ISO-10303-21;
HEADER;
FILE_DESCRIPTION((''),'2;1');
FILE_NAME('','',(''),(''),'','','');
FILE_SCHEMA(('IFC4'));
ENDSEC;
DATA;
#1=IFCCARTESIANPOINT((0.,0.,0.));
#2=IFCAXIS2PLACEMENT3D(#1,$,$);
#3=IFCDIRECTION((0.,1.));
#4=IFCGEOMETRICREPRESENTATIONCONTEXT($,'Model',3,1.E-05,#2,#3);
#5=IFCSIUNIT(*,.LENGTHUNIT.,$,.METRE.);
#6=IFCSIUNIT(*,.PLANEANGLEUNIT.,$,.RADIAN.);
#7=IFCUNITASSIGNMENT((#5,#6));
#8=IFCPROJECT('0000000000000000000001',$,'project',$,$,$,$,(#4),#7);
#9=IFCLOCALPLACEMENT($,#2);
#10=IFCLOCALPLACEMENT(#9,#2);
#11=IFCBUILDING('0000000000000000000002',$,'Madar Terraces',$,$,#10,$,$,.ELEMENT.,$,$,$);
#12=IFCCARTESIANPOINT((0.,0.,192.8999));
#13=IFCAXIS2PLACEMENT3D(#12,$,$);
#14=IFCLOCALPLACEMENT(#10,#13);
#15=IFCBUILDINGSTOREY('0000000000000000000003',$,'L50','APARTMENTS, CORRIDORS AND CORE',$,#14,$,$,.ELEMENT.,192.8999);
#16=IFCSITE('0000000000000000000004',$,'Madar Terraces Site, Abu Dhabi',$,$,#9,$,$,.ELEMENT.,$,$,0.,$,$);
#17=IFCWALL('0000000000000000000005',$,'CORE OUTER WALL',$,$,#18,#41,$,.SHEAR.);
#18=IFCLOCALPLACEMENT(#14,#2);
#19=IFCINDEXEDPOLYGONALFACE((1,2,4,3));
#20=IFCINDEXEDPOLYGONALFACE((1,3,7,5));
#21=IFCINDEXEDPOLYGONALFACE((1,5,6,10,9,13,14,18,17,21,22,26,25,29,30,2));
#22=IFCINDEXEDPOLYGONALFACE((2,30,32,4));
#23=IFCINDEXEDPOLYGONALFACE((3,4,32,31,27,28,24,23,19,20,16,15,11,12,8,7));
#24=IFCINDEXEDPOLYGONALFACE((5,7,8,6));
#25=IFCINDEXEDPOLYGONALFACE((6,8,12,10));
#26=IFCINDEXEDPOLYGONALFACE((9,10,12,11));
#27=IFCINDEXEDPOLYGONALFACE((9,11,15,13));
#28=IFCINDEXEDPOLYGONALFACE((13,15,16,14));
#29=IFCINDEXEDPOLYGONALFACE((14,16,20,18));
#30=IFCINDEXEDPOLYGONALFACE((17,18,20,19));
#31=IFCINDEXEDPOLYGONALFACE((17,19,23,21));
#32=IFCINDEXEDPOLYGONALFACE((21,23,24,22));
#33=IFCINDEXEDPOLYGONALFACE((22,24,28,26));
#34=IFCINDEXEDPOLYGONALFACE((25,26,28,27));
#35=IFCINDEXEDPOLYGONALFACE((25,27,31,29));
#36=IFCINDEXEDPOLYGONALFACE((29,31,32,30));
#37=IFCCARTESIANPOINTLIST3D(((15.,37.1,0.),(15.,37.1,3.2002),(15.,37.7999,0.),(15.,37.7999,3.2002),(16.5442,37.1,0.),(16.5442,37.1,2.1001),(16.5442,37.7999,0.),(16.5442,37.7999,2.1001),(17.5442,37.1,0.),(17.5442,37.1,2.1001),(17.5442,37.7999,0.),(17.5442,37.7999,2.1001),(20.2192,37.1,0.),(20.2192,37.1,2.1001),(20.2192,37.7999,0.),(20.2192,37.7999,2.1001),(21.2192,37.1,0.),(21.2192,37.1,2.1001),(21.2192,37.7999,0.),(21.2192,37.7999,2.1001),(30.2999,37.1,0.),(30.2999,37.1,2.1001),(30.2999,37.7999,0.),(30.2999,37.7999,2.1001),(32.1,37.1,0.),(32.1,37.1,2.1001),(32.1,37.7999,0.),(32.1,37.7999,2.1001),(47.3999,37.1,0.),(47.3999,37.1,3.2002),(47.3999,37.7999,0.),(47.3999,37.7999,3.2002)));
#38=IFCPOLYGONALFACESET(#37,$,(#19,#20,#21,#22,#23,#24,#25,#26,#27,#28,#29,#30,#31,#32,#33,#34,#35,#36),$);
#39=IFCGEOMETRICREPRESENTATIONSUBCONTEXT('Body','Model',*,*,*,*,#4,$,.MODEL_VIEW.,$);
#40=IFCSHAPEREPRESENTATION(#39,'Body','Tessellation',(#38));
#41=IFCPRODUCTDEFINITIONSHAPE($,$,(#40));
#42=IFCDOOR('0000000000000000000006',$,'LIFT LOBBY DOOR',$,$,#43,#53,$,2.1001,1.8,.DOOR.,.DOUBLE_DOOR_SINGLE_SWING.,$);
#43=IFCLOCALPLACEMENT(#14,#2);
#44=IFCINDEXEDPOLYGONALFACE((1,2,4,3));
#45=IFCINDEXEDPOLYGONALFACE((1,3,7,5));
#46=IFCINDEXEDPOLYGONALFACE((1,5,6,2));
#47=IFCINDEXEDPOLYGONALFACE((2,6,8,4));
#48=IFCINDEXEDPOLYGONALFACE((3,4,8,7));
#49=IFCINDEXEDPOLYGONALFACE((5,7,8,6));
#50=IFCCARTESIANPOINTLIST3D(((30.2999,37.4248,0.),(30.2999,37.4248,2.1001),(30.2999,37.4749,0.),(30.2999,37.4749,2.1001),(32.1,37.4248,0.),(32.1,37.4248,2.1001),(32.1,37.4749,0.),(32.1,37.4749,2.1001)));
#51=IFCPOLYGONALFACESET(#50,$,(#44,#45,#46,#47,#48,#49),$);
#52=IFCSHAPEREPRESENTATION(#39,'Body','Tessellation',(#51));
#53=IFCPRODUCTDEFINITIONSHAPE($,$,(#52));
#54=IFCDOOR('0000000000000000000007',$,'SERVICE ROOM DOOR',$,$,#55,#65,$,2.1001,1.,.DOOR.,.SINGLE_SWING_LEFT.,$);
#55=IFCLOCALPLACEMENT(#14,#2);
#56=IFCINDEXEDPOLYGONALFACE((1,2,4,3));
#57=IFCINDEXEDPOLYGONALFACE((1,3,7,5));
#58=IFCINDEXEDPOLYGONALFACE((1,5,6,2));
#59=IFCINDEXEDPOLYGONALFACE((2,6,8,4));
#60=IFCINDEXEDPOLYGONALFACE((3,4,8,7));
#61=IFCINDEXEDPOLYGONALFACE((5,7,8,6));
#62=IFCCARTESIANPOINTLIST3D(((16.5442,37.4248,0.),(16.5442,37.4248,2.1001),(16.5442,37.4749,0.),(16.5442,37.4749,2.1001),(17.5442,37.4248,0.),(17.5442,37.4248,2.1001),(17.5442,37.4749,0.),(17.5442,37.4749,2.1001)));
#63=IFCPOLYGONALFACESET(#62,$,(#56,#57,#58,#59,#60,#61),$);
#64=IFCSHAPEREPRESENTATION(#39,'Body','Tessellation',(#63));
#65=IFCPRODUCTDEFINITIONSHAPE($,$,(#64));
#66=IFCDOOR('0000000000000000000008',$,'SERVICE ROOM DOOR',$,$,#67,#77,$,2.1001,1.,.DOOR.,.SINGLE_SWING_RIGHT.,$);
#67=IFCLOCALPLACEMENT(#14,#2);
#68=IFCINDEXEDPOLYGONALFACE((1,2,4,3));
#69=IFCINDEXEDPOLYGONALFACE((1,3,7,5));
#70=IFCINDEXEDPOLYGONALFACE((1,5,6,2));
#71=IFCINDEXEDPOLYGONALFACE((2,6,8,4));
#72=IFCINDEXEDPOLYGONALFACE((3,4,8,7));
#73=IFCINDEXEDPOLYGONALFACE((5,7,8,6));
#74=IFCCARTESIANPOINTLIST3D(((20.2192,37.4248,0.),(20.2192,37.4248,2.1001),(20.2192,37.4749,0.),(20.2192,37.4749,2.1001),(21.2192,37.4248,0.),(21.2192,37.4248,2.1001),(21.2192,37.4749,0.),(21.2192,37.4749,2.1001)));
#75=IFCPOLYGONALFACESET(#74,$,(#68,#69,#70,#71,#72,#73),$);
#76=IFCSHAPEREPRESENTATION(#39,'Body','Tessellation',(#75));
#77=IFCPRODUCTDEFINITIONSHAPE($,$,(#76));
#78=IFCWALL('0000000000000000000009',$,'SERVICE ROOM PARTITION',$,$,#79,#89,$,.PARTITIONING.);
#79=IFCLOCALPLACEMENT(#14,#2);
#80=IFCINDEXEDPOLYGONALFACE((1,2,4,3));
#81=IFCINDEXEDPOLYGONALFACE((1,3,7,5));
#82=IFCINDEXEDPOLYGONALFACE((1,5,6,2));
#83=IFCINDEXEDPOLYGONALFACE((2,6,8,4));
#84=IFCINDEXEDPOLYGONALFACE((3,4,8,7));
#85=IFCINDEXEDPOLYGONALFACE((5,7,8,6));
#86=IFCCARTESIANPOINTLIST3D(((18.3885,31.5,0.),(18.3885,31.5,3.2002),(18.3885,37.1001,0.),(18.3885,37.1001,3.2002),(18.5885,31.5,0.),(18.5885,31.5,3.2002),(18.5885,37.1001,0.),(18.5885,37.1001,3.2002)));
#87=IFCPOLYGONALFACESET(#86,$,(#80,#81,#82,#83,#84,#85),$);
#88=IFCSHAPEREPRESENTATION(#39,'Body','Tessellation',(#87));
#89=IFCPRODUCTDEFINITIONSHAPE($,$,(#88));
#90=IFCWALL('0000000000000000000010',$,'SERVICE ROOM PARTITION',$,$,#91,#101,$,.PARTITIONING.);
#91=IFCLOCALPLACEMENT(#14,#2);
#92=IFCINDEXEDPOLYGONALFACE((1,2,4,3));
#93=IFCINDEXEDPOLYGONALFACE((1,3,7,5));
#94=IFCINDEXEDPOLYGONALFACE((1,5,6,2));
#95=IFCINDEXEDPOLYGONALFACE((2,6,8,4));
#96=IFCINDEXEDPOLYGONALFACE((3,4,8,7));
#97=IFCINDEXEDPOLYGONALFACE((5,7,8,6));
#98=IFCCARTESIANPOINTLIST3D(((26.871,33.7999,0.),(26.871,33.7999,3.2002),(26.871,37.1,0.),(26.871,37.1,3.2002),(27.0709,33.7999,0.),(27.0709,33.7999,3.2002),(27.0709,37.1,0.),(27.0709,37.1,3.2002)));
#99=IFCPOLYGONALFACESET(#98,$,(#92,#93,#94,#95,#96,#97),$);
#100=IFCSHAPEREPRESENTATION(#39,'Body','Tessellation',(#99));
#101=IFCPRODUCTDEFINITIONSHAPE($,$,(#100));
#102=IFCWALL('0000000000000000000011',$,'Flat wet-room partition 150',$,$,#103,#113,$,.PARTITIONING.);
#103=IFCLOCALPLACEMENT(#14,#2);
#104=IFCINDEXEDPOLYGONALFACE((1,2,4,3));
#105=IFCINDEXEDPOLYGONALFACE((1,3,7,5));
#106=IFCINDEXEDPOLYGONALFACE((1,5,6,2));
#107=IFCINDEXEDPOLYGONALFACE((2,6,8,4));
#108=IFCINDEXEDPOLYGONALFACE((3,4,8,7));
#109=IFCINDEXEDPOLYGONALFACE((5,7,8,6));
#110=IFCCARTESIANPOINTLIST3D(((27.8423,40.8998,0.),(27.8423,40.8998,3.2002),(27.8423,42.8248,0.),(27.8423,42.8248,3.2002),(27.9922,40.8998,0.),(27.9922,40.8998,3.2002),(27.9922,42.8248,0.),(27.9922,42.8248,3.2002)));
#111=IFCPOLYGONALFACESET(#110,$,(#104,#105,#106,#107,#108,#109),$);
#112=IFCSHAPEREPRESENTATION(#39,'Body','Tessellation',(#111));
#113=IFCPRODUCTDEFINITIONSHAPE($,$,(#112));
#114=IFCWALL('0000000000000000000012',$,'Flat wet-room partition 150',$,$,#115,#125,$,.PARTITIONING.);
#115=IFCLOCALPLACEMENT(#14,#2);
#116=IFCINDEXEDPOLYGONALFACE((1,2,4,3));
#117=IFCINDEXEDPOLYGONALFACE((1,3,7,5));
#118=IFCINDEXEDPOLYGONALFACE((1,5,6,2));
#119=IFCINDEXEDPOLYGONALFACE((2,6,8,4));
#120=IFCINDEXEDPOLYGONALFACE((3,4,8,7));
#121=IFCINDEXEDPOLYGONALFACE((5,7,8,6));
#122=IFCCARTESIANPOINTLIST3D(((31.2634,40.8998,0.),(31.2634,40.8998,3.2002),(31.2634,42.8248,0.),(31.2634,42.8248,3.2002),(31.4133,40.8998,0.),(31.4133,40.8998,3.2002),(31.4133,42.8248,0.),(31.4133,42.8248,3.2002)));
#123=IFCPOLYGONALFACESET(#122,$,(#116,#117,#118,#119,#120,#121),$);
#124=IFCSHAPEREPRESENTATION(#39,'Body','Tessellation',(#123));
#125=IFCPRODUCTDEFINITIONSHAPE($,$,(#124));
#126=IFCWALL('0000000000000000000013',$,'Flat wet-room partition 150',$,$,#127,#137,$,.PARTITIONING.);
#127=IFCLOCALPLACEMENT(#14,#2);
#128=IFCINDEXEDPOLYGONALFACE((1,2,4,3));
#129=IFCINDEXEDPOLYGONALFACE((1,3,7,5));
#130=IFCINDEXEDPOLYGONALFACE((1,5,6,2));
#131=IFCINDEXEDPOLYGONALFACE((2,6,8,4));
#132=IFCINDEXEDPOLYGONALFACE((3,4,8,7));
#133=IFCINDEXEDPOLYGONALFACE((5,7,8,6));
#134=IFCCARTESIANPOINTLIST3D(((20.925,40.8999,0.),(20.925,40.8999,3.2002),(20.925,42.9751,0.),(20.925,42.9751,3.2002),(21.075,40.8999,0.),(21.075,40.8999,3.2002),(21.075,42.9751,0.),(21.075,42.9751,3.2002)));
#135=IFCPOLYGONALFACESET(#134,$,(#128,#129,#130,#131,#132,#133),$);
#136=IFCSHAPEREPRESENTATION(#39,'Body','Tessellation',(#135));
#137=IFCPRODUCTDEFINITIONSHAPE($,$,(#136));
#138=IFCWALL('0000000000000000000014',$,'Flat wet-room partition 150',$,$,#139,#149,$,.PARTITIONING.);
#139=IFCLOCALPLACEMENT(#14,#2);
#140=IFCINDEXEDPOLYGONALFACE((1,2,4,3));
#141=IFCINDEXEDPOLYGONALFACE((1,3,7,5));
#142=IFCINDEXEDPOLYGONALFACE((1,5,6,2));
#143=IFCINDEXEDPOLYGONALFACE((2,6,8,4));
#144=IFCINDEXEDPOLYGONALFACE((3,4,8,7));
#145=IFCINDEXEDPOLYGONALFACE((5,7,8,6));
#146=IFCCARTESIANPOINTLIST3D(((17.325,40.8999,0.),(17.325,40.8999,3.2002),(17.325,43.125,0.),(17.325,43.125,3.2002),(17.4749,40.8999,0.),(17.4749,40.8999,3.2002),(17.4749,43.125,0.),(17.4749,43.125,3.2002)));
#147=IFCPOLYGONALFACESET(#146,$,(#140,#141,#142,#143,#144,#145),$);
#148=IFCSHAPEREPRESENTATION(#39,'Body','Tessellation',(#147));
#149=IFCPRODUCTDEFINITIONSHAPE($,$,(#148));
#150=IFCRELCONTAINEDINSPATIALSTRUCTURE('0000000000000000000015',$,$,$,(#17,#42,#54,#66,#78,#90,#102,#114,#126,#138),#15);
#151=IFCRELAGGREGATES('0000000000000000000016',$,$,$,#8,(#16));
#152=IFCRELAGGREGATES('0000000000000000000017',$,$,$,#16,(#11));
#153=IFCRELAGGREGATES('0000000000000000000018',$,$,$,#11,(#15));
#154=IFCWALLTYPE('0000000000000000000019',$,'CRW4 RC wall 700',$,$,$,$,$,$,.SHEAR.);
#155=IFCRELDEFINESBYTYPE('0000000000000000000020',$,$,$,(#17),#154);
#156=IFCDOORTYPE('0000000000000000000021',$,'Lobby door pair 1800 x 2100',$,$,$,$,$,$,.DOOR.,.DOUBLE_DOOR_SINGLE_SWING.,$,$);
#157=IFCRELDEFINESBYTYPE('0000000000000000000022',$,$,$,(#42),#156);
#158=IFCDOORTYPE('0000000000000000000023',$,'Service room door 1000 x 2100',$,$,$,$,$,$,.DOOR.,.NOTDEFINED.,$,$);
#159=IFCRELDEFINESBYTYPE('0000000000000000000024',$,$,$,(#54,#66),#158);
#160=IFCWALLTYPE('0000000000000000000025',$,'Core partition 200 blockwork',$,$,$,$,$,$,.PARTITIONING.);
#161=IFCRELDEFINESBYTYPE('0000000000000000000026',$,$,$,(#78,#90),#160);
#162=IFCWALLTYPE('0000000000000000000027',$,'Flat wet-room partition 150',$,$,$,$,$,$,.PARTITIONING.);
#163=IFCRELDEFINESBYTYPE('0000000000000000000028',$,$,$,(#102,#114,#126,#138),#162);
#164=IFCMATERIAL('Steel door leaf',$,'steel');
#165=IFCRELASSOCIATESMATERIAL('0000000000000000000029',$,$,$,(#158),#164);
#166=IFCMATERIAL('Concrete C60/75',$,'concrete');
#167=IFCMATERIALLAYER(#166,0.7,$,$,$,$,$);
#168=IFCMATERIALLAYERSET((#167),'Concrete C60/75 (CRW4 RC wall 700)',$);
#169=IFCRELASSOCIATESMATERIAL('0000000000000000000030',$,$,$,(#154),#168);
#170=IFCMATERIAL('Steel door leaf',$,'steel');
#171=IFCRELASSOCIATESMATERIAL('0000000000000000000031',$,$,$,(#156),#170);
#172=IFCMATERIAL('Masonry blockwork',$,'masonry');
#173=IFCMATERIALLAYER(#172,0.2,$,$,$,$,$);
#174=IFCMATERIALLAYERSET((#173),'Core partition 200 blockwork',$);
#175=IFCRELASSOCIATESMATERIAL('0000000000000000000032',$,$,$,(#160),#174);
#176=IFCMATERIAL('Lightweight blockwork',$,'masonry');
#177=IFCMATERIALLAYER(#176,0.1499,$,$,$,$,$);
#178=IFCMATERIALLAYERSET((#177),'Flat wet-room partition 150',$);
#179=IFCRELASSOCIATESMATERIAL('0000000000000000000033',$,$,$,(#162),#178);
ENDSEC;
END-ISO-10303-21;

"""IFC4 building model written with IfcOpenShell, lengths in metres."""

from ifc_helpers import new_model, si_unit, direction, frame, frame_2d, origin, place, context, subcontext, project, spatial, rectangle, extrude, material, layer, layer_set, type_object, element, fill, save


model = new_model("IFC4")

# Units and contexts
model_context = context("Model", 3, precision=1e-05, world=origin(), true_north=direction((0.0, 1.0)))
body_context = subcontext(model_context, "Body", "Model", "MODEL_VIEW")
ifc_project = project(units=[si_unit("LENGTHUNIT", "METRE"), si_unit("PLANEANGLEUNIT", "RADIAN")], contexts=[model_context])

# Site, building, storey
site_placement = place(None, origin())
site = spatial("IfcSite", under=ifc_project, at=site_placement, Name="Madar Terraces Site, Abu Dhabi", CompositionType="ELEMENT", RefElevation=0.0)
building_placement = place(site_placement, origin())
building = spatial("IfcBuilding", under=site, at=building_placement, Name="Madar Terraces", CompositionType="ELEMENT")
storey_placement = place(building_placement, frame((0.0, 0.0, 192.8999)))
storey = spatial("IfcBuildingStorey", under=building, at=storey_placement, Name="L50", Description="APARTMENTS, CORRIDORS AND CORE", CompositionType="ELEMENT", Elevation=192.8999)

# Shared definitions
ifc_material_1 = material(Name="Steel door leaf", Category="steel")
door_type_1 = type_object("IfcDoorType", Name="Service room door 1000 x 2100", OperationType="NOTDEFINED", PredefinedType="DOOR", material=ifc_material_1)

# Wall, openings, doors
ifc_material_2 = material(Name="Concrete C60/75", Category="concrete")
ifc_layer_1 = layer(ifc_material_2, 0.7)
ifc_layer_set_1 = layer_set([ifc_layer_1], Name="Concrete C60/75 (CRW4 RC wall 700)")
wall_type_1 = type_object("IfcWallType", Name="CRW4 RC wall 700", PredefinedType="SHEAR", material=ifc_layer_set_1)
wall_1_placement = place(storey_placement, frame((15.0, 37.45, 0.0), z_axis=(0.0, 0.0, 1.0), x_axis=(1.0, 0.0, 0.0)))
wall_1 = element("IfcWall", 1, at=wall_1_placement, inside=storey, type_object=wall_type_1, Name="CORE OUTER WALL", PredefinedType="SHEAR", context=body_context, shape_type="SweptSolid", body=[
    extrude(rectangle(XDim=32.3999, YDim=0.7, at=frame_2d((16.2, 0.0))), origin(), (0.0, 0.0, 1.0), 3.2002),
])
opening_1_placement = place(wall_1_placement, frame((15.3, 0.0, 0.0)))
opening_1 = element("IfcOpeningElement", 2, at=opening_1_placement, cuts=wall_1, PredefinedType="OPENING", context=body_context, shape_type="SweptSolid", body=[
    extrude(rectangle(XDim=1.8, YDim=2.1001, at=frame_2d((0.8999, 1.05))), frame((0.0, 0.3599, 0.0), z_axis=(0.0, -1.0, 0.0), x_axis=(1.0, 0.0, 0.0)), (0.0, 0.0, 1.0), 0.72),
])
opening_2_placement = place(wall_1_placement, frame((1.5442, 0.0, 0.0)))
opening_2 = element("IfcOpeningElement", 3, at=opening_2_placement, cuts=wall_1, PredefinedType="OPENING", context=body_context, shape_type="SweptSolid", body=[
    extrude(rectangle(XDim=1.0, YDim=2.1001, at=frame_2d((0.5, 1.05))), frame((0.0, 0.3599, 0.0), z_axis=(0.0, -1.0, 0.0), x_axis=(1.0, 0.0, 0.0)), (0.0, 0.0, 1.0), 0.72),
])
opening_3_placement = place(wall_1_placement, frame((5.2192, 0.0, 0.0)))
opening_3 = element("IfcOpeningElement", 4, at=opening_3_placement, cuts=wall_1, PredefinedType="OPENING", context=body_context, shape_type="SweptSolid", body=[
    extrude(rectangle(XDim=1.0, YDim=2.1001, at=frame_2d((0.5, 1.05))), frame((0.0, 0.3599, 0.0), z_axis=(0.0, -1.0, 0.0), x_axis=(1.0, 0.0, 0.0)), (0.0, 0.0, 1.0), 0.72),
])
ifc_material_3 = material(Name="Steel door leaf", Category="steel")
door_type_2 = type_object("IfcDoorType", Name="Lobby door pair 1800 x 2100", OperationType="DOUBLE_DOOR_SINGLE_SWING", PredefinedType="DOOR", material=ifc_material_3)
door_1_placement = place(opening_1_placement, origin())
door_1 = element("IfcDoor", 5, at=door_1_placement, inside=storey, type_object=door_type_2, Name="LIFT LOBBY DOOR", OperationType="DOUBLE_DOOR_SINGLE_SWING", OverallHeight=2.1001, OverallWidth=1.8, PredefinedType="DOOR", context=body_context, shape_type="SweptSolid", body=[
    extrude(rectangle(XDim=1.8, YDim=2.1001, at=frame_2d((0.8999, 1.05))), frame((0.0, 0.0249, 0.0), z_axis=(0.0, -1.0, 0.0), x_axis=(1.0, 0.0, 0.0)), (0.0, 0.0, 1.0), 0.05),
])
fill(opening_1, door_1)
door_2_placement = place(opening_2_placement, origin())
door_2 = element("IfcDoor", 6, at=door_2_placement, inside=storey, type_object=door_type_1, Name="SERVICE ROOM DOOR", OperationType="SINGLE_SWING_LEFT", OverallHeight=2.1001, OverallWidth=1.0, PredefinedType="DOOR", context=body_context, shape_type="SweptSolid", body=[
    extrude(rectangle(XDim=1.0, YDim=2.1001, at=frame_2d((0.5, 1.05))), frame((0.0, 0.0249, 0.0), z_axis=(0.0, -1.0, 0.0), x_axis=(1.0, 0.0, 0.0)), (0.0, 0.0, 1.0), 0.05),
])
fill(opening_2, door_2)
door_3_placement = place(opening_3_placement, origin())
door_3 = element("IfcDoor", 7, at=door_3_placement, inside=storey, type_object=door_type_1, Name="SERVICE ROOM DOOR", OperationType="SINGLE_SWING_RIGHT", OverallHeight=2.1001, OverallWidth=1.0, PredefinedType="DOOR", context=body_context, shape_type="SweptSolid", body=[
    extrude(rectangle(XDim=1.0, YDim=2.1001, at=frame_2d((0.5, 1.05))), frame((0.0, 0.0249, 0.0), z_axis=(0.0, -1.0, 0.0), x_axis=(1.0, 0.0, 0.0)), (0.0, 0.0, 1.0), 0.05),
])
fill(opening_3, door_3)

# Walls
ifc_material_4 = material(Name="Masonry blockwork", Category="masonry")
ifc_layer_2 = layer(ifc_material_4, 0.2)
ifc_layer_set_2 = layer_set([ifc_layer_2], Name="Core partition 200 blockwork")
wall_type_2 = type_object("IfcWallType", Name="Core partition 200 blockwork", PredefinedType="PARTITIONING", material=ifc_layer_set_2)
wall_2_placement = place(storey_placement, frame((18.4885, 31.5, 0.0), z_axis=(0.0, 0.0, 1.0), x_axis=(0.0, 1.0, 0.0)))
element("IfcWall", 8, at=wall_2_placement, inside=storey, type_object=wall_type_2, Name="SERVICE ROOM PARTITION", PredefinedType="PARTITIONING", context=body_context, shape_type="SweptSolid", body=[
    extrude(rectangle(XDim=5.6001, YDim=0.2, at=frame_2d((2.8, 0.0))), origin(), (0.0, 0.0, 1.0), 3.2002),
])
wall_3_placement = place(storey_placement, frame((26.9709, 33.8, 0.0), z_axis=(0.0, 0.0, 1.0), x_axis=(0.0, 1.0, 0.0)))
element("IfcWall", 9, at=wall_3_placement, inside=storey, type_object=wall_type_2, Name="SERVICE ROOM PARTITION", PredefinedType="PARTITIONING", context=body_context, shape_type="SweptSolid", body=[
    extrude(rectangle(XDim=3.3, YDim=0.2, at=frame_2d((1.6499, 0.0))), origin(), (0.0, 0.0, 1.0), 3.2002),
])
ifc_material_5 = material(Name="Lightweight blockwork", Category="masonry")
ifc_layer_3 = layer(ifc_material_5, 0.1499)
ifc_layer_set_3 = layer_set([ifc_layer_3], Name="Flat wet-room partition 150")
wall_type_3 = type_object("IfcWallType", Name="Flat wet-room partition 150", PredefinedType="PARTITIONING", material=ifc_layer_set_3)
for number, where, z_axis, x_axis, name in (
    (10, (27.9172, 40.8999, 0.0), (0.0, 0.0, 1.0), (0.0, 1.0, 0.0), "Flat wet-room partition 150"),
    (11, (31.3384, 40.8999, 0.0), (0.0, 0.0, 1.0), (0.0, 1.0, 0.0), "Flat wet-room partition 150"),
):
    element("IfcWall", number, at=place(storey_placement, frame(where, z_axis=z_axis, x_axis=x_axis)), inside=storey, type_object=wall_type_3, Name=name, PredefinedType="PARTITIONING", context=body_context, shape_type="SweptSolid", body=[
        extrude(rectangle(XDim=1.925, YDim=0.1499, at=frame_2d((0.9624, 0.0))), origin(), (0.0, 0.0, 1.0), 3.2002),
    ])
wall_4_placement = place(storey_placement, frame((21.0, 40.8999, 0.0), z_axis=(0.0, 0.0, 1.0), x_axis=(0.0, 1.0, 0.0)))
element("IfcWall", 12, at=wall_4_placement, inside=storey, type_object=wall_type_3, Name="Flat wet-room partition 150", PredefinedType="PARTITIONING", context=body_context, shape_type="SweptSolid", body=[
    extrude(rectangle(XDim=2.0752, YDim=0.1499, at=frame_2d((1.0376, 0.0))), origin(), (0.0, 0.0, 1.0), 3.2002),
])
wall_5_placement = place(storey_placement, frame((17.3999, 40.8999, 0.0), z_axis=(0.0, 0.0, 1.0), x_axis=(0.0, 1.0, 0.0)))
element("IfcWall", 13, at=wall_5_placement, inside=storey, type_object=wall_type_3, Name="Flat wet-room partition 150", PredefinedType="PARTITIONING", context=body_context, shape_type="SweptSolid", body=[
    extrude(rectangle(XDim=2.2251, YDim=0.1499, at=frame_2d((1.1125, 0.0))), origin(), (0.0, 0.0, 1.0), 3.2002),
])

save(model, "model.ifc")
